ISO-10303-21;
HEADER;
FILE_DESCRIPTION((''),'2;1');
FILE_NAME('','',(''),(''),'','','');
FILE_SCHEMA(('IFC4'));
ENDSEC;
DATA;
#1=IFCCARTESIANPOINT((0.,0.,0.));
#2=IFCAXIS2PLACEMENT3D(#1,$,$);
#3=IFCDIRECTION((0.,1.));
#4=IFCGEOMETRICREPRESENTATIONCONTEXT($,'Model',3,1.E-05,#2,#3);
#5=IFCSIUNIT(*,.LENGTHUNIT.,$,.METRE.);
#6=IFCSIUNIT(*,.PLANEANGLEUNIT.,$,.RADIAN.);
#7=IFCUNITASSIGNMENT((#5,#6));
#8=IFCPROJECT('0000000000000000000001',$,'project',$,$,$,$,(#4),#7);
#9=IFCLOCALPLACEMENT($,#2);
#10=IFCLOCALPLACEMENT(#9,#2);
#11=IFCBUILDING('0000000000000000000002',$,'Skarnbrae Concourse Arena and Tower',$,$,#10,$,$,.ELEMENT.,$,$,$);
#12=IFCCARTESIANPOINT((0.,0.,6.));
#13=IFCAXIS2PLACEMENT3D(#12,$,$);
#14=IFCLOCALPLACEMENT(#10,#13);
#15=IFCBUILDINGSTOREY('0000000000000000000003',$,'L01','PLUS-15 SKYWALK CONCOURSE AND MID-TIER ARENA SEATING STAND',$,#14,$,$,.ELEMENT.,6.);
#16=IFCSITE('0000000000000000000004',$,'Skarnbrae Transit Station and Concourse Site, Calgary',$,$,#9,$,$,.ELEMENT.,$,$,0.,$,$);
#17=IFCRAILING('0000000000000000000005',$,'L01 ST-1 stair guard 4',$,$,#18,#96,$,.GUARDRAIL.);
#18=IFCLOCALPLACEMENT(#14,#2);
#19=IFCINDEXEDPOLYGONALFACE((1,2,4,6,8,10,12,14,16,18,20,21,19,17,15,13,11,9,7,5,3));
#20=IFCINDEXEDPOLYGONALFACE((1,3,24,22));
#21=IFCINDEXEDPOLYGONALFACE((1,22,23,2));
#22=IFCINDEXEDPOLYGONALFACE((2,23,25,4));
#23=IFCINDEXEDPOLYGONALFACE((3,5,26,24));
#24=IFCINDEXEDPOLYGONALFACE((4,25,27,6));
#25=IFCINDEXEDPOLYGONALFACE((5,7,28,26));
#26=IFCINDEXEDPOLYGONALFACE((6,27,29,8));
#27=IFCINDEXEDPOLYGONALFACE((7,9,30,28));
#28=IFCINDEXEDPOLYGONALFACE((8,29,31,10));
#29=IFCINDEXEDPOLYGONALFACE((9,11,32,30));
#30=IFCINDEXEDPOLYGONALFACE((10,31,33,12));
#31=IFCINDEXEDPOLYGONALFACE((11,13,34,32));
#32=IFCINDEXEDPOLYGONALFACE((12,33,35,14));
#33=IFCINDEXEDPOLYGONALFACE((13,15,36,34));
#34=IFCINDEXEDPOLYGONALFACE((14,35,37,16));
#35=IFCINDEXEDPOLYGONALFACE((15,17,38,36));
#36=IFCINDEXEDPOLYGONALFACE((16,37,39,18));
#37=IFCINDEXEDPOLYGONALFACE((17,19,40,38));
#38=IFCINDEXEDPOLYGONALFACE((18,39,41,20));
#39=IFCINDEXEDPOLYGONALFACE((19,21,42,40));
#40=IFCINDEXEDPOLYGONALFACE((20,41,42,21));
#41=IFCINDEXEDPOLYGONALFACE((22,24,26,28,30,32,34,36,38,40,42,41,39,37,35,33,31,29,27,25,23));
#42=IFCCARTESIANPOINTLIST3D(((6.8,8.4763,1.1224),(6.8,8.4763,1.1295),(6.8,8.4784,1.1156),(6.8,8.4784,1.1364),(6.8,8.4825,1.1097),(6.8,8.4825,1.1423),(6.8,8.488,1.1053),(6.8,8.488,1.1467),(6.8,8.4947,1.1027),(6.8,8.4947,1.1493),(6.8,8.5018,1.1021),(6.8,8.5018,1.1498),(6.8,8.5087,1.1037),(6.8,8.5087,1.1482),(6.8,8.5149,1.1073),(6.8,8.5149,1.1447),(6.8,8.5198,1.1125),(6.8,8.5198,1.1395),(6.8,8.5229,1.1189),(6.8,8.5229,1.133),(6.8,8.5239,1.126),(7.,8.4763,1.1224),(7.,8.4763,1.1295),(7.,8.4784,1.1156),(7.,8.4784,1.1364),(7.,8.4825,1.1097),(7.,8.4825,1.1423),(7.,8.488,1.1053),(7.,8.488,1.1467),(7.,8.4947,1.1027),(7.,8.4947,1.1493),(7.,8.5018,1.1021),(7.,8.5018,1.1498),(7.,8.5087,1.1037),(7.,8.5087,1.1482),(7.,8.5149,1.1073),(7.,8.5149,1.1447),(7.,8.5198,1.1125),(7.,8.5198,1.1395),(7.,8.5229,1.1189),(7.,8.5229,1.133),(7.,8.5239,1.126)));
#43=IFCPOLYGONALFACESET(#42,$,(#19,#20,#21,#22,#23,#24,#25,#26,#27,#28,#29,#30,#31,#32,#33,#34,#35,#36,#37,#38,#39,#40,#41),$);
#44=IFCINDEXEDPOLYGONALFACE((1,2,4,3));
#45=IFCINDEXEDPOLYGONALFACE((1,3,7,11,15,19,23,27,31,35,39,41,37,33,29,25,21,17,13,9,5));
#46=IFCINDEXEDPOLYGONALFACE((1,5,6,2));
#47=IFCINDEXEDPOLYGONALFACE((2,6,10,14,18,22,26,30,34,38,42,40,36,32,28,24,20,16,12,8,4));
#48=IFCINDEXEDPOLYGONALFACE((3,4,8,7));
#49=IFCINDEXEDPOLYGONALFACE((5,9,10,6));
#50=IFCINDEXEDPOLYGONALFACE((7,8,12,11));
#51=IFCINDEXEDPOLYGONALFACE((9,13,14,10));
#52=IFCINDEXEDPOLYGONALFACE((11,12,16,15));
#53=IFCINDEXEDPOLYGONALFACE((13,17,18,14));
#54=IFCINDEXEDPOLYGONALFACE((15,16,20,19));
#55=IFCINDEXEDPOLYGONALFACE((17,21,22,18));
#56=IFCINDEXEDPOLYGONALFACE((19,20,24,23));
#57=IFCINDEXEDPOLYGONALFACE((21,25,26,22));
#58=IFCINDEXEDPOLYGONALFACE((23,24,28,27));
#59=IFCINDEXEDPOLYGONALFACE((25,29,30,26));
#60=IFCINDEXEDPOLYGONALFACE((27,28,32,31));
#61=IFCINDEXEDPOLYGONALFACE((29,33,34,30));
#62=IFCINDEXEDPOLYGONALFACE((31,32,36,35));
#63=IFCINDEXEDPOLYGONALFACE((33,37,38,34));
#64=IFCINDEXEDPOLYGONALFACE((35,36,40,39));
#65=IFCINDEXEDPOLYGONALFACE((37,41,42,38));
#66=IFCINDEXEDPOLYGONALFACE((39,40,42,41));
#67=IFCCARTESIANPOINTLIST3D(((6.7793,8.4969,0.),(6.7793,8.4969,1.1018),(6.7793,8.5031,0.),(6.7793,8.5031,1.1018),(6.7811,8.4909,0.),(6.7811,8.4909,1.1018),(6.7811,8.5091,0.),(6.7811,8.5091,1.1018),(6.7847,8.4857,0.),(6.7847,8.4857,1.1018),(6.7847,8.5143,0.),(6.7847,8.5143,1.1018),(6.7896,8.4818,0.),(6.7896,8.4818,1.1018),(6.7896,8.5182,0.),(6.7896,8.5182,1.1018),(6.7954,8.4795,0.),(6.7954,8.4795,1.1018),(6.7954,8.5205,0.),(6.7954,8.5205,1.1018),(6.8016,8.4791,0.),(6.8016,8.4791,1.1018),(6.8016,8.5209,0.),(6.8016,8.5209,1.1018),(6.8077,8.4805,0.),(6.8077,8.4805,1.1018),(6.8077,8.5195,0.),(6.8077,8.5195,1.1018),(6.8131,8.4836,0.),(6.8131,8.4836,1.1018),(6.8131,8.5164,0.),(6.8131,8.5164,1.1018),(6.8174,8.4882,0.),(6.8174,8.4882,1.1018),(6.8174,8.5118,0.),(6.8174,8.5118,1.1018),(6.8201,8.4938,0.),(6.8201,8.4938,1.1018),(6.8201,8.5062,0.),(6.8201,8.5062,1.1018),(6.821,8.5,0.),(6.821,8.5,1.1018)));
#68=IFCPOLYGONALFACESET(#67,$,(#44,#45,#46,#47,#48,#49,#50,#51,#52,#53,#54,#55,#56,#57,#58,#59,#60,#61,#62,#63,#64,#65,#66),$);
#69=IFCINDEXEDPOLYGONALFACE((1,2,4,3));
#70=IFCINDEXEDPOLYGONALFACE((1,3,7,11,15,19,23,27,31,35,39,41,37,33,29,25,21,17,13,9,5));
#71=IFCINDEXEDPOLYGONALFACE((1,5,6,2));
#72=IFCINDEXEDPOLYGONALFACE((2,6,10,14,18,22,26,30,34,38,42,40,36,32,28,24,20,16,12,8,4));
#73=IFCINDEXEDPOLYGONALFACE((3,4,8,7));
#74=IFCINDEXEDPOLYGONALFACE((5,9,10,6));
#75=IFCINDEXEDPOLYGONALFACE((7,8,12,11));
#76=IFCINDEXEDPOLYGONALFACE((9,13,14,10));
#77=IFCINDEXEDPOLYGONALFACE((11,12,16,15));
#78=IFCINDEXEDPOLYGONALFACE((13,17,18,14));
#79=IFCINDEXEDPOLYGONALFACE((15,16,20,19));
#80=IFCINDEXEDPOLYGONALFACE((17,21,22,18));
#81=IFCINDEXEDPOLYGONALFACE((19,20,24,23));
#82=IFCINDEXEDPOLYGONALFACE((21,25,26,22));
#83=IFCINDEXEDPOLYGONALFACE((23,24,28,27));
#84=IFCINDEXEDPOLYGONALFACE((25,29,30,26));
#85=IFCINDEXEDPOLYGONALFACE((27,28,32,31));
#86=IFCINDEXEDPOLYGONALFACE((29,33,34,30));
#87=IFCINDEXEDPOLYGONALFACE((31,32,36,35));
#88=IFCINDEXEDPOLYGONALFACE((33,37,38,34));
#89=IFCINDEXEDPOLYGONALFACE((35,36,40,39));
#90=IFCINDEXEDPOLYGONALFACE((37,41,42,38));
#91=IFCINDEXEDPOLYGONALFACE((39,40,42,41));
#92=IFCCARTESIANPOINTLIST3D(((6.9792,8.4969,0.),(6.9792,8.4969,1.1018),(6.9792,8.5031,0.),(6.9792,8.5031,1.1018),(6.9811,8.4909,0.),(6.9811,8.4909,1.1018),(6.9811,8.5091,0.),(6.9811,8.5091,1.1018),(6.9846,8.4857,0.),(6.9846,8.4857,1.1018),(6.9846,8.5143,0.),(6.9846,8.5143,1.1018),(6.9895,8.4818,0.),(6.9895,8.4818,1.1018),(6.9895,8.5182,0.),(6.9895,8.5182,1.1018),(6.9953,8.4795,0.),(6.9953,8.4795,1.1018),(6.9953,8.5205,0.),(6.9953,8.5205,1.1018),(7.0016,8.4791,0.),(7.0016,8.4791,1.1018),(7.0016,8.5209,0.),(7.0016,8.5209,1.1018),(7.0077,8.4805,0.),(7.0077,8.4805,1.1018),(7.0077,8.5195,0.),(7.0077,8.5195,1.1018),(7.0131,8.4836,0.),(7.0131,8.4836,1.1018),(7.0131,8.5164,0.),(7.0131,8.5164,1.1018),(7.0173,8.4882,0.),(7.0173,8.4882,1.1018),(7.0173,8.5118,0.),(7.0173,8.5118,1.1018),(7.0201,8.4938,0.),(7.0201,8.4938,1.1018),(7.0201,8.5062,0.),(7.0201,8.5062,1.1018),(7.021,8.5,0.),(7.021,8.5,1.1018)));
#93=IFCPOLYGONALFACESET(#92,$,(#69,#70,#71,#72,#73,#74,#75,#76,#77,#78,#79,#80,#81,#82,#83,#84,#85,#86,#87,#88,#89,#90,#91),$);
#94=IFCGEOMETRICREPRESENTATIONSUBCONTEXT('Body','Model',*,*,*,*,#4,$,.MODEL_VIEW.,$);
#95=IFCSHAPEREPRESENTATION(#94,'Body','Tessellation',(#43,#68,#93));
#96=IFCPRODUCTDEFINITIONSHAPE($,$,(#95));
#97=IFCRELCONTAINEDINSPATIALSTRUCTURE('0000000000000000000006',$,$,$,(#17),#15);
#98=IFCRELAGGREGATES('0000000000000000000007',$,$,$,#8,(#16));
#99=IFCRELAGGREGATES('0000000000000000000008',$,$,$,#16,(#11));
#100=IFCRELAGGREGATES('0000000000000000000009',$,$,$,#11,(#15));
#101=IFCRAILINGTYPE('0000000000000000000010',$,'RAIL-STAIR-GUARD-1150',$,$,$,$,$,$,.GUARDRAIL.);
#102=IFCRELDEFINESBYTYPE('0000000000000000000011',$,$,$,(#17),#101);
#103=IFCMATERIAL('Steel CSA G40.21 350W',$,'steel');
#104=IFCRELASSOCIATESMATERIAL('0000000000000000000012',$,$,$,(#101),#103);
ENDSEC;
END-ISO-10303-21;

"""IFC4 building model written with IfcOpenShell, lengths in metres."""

from ifc_helpers import new_model, si_unit, direction, frame, origin, origin_2d, place, context, subcontext, project, spatial, circle, extrude, material, type_object, element, save


model = new_model("IFC4")

# Units and contexts
model_context = context("Model", 3, precision=1e-05, world=origin(), true_north=direction((0.0, 1.0)))
body_context = subcontext(model_context, "Body", "Model", "MODEL_VIEW")
ifc_project = project(units=[si_unit("LENGTHUNIT", "METRE"), si_unit("PLANEANGLEUNIT", "RADIAN")], contexts=[model_context])

# Site, building, storey
site_placement = place(None, origin())
site = spatial("IfcSite", under=ifc_project, at=site_placement, Name="Skarnbrae Transit Station and Concourse Site, Calgary", CompositionType="ELEMENT", RefElevation=0.0)
building_placement = place(site_placement, origin())
building = spatial("IfcBuilding", under=site, at=building_placement, Name="Skarnbrae Concourse Arena and Tower", CompositionType="ELEMENT")
storey_placement = place(building_placement, frame((0.0, 0.0, 6.0)))
storey = spatial("IfcBuildingStorey", under=building, at=storey_placement, Name="L01", Description="PLUS-15 SKYWALK CONCOURSE AND MID-TIER ARENA SEATING STAND", CompositionType="ELEMENT", Elevation=6.0)

# Shared definitions
ifc_material_1 = material(Name="Steel CSA G40.21 350W", Category="steel")

# Railing
railing_type_1 = type_object("IfcRailingType", Name="RAIL-STAIR-GUARD-1150", PredefinedType="GUARDRAIL", material=ifc_material_1)
railing_1_placement = place(storey_placement, frame((6.8, 8.5, 0.0)))
element("IfcRailing", 1, at=railing_1_placement, inside=storey, type_object=railing_type_1, Name="L01 ST-1 stair guard 4", PredefinedType="GUARDRAIL", context=body_context, shape_type="SweptSolid", body=[
    extrude(circle(Radius=0.0239, at=origin_2d()), frame((0.0, 0.0, 1.126), z_axis=(1.0, 0.0, 0.0), x_axis=(0.0, 1.0, 0.0)), (0.0, 0.0, 1.0), 0.2),
    extrude(circle(Radius=0.021, at=origin_2d()), origin(), (0.0, 0.0, 1.0), 1.1018),
    extrude(circle(Radius=0.021, at=origin_2d()), frame((0.2, 0.0, 0.0)), (0.0, 0.0, 1.0), 1.1018),
])

save(model, "model.ifc")
